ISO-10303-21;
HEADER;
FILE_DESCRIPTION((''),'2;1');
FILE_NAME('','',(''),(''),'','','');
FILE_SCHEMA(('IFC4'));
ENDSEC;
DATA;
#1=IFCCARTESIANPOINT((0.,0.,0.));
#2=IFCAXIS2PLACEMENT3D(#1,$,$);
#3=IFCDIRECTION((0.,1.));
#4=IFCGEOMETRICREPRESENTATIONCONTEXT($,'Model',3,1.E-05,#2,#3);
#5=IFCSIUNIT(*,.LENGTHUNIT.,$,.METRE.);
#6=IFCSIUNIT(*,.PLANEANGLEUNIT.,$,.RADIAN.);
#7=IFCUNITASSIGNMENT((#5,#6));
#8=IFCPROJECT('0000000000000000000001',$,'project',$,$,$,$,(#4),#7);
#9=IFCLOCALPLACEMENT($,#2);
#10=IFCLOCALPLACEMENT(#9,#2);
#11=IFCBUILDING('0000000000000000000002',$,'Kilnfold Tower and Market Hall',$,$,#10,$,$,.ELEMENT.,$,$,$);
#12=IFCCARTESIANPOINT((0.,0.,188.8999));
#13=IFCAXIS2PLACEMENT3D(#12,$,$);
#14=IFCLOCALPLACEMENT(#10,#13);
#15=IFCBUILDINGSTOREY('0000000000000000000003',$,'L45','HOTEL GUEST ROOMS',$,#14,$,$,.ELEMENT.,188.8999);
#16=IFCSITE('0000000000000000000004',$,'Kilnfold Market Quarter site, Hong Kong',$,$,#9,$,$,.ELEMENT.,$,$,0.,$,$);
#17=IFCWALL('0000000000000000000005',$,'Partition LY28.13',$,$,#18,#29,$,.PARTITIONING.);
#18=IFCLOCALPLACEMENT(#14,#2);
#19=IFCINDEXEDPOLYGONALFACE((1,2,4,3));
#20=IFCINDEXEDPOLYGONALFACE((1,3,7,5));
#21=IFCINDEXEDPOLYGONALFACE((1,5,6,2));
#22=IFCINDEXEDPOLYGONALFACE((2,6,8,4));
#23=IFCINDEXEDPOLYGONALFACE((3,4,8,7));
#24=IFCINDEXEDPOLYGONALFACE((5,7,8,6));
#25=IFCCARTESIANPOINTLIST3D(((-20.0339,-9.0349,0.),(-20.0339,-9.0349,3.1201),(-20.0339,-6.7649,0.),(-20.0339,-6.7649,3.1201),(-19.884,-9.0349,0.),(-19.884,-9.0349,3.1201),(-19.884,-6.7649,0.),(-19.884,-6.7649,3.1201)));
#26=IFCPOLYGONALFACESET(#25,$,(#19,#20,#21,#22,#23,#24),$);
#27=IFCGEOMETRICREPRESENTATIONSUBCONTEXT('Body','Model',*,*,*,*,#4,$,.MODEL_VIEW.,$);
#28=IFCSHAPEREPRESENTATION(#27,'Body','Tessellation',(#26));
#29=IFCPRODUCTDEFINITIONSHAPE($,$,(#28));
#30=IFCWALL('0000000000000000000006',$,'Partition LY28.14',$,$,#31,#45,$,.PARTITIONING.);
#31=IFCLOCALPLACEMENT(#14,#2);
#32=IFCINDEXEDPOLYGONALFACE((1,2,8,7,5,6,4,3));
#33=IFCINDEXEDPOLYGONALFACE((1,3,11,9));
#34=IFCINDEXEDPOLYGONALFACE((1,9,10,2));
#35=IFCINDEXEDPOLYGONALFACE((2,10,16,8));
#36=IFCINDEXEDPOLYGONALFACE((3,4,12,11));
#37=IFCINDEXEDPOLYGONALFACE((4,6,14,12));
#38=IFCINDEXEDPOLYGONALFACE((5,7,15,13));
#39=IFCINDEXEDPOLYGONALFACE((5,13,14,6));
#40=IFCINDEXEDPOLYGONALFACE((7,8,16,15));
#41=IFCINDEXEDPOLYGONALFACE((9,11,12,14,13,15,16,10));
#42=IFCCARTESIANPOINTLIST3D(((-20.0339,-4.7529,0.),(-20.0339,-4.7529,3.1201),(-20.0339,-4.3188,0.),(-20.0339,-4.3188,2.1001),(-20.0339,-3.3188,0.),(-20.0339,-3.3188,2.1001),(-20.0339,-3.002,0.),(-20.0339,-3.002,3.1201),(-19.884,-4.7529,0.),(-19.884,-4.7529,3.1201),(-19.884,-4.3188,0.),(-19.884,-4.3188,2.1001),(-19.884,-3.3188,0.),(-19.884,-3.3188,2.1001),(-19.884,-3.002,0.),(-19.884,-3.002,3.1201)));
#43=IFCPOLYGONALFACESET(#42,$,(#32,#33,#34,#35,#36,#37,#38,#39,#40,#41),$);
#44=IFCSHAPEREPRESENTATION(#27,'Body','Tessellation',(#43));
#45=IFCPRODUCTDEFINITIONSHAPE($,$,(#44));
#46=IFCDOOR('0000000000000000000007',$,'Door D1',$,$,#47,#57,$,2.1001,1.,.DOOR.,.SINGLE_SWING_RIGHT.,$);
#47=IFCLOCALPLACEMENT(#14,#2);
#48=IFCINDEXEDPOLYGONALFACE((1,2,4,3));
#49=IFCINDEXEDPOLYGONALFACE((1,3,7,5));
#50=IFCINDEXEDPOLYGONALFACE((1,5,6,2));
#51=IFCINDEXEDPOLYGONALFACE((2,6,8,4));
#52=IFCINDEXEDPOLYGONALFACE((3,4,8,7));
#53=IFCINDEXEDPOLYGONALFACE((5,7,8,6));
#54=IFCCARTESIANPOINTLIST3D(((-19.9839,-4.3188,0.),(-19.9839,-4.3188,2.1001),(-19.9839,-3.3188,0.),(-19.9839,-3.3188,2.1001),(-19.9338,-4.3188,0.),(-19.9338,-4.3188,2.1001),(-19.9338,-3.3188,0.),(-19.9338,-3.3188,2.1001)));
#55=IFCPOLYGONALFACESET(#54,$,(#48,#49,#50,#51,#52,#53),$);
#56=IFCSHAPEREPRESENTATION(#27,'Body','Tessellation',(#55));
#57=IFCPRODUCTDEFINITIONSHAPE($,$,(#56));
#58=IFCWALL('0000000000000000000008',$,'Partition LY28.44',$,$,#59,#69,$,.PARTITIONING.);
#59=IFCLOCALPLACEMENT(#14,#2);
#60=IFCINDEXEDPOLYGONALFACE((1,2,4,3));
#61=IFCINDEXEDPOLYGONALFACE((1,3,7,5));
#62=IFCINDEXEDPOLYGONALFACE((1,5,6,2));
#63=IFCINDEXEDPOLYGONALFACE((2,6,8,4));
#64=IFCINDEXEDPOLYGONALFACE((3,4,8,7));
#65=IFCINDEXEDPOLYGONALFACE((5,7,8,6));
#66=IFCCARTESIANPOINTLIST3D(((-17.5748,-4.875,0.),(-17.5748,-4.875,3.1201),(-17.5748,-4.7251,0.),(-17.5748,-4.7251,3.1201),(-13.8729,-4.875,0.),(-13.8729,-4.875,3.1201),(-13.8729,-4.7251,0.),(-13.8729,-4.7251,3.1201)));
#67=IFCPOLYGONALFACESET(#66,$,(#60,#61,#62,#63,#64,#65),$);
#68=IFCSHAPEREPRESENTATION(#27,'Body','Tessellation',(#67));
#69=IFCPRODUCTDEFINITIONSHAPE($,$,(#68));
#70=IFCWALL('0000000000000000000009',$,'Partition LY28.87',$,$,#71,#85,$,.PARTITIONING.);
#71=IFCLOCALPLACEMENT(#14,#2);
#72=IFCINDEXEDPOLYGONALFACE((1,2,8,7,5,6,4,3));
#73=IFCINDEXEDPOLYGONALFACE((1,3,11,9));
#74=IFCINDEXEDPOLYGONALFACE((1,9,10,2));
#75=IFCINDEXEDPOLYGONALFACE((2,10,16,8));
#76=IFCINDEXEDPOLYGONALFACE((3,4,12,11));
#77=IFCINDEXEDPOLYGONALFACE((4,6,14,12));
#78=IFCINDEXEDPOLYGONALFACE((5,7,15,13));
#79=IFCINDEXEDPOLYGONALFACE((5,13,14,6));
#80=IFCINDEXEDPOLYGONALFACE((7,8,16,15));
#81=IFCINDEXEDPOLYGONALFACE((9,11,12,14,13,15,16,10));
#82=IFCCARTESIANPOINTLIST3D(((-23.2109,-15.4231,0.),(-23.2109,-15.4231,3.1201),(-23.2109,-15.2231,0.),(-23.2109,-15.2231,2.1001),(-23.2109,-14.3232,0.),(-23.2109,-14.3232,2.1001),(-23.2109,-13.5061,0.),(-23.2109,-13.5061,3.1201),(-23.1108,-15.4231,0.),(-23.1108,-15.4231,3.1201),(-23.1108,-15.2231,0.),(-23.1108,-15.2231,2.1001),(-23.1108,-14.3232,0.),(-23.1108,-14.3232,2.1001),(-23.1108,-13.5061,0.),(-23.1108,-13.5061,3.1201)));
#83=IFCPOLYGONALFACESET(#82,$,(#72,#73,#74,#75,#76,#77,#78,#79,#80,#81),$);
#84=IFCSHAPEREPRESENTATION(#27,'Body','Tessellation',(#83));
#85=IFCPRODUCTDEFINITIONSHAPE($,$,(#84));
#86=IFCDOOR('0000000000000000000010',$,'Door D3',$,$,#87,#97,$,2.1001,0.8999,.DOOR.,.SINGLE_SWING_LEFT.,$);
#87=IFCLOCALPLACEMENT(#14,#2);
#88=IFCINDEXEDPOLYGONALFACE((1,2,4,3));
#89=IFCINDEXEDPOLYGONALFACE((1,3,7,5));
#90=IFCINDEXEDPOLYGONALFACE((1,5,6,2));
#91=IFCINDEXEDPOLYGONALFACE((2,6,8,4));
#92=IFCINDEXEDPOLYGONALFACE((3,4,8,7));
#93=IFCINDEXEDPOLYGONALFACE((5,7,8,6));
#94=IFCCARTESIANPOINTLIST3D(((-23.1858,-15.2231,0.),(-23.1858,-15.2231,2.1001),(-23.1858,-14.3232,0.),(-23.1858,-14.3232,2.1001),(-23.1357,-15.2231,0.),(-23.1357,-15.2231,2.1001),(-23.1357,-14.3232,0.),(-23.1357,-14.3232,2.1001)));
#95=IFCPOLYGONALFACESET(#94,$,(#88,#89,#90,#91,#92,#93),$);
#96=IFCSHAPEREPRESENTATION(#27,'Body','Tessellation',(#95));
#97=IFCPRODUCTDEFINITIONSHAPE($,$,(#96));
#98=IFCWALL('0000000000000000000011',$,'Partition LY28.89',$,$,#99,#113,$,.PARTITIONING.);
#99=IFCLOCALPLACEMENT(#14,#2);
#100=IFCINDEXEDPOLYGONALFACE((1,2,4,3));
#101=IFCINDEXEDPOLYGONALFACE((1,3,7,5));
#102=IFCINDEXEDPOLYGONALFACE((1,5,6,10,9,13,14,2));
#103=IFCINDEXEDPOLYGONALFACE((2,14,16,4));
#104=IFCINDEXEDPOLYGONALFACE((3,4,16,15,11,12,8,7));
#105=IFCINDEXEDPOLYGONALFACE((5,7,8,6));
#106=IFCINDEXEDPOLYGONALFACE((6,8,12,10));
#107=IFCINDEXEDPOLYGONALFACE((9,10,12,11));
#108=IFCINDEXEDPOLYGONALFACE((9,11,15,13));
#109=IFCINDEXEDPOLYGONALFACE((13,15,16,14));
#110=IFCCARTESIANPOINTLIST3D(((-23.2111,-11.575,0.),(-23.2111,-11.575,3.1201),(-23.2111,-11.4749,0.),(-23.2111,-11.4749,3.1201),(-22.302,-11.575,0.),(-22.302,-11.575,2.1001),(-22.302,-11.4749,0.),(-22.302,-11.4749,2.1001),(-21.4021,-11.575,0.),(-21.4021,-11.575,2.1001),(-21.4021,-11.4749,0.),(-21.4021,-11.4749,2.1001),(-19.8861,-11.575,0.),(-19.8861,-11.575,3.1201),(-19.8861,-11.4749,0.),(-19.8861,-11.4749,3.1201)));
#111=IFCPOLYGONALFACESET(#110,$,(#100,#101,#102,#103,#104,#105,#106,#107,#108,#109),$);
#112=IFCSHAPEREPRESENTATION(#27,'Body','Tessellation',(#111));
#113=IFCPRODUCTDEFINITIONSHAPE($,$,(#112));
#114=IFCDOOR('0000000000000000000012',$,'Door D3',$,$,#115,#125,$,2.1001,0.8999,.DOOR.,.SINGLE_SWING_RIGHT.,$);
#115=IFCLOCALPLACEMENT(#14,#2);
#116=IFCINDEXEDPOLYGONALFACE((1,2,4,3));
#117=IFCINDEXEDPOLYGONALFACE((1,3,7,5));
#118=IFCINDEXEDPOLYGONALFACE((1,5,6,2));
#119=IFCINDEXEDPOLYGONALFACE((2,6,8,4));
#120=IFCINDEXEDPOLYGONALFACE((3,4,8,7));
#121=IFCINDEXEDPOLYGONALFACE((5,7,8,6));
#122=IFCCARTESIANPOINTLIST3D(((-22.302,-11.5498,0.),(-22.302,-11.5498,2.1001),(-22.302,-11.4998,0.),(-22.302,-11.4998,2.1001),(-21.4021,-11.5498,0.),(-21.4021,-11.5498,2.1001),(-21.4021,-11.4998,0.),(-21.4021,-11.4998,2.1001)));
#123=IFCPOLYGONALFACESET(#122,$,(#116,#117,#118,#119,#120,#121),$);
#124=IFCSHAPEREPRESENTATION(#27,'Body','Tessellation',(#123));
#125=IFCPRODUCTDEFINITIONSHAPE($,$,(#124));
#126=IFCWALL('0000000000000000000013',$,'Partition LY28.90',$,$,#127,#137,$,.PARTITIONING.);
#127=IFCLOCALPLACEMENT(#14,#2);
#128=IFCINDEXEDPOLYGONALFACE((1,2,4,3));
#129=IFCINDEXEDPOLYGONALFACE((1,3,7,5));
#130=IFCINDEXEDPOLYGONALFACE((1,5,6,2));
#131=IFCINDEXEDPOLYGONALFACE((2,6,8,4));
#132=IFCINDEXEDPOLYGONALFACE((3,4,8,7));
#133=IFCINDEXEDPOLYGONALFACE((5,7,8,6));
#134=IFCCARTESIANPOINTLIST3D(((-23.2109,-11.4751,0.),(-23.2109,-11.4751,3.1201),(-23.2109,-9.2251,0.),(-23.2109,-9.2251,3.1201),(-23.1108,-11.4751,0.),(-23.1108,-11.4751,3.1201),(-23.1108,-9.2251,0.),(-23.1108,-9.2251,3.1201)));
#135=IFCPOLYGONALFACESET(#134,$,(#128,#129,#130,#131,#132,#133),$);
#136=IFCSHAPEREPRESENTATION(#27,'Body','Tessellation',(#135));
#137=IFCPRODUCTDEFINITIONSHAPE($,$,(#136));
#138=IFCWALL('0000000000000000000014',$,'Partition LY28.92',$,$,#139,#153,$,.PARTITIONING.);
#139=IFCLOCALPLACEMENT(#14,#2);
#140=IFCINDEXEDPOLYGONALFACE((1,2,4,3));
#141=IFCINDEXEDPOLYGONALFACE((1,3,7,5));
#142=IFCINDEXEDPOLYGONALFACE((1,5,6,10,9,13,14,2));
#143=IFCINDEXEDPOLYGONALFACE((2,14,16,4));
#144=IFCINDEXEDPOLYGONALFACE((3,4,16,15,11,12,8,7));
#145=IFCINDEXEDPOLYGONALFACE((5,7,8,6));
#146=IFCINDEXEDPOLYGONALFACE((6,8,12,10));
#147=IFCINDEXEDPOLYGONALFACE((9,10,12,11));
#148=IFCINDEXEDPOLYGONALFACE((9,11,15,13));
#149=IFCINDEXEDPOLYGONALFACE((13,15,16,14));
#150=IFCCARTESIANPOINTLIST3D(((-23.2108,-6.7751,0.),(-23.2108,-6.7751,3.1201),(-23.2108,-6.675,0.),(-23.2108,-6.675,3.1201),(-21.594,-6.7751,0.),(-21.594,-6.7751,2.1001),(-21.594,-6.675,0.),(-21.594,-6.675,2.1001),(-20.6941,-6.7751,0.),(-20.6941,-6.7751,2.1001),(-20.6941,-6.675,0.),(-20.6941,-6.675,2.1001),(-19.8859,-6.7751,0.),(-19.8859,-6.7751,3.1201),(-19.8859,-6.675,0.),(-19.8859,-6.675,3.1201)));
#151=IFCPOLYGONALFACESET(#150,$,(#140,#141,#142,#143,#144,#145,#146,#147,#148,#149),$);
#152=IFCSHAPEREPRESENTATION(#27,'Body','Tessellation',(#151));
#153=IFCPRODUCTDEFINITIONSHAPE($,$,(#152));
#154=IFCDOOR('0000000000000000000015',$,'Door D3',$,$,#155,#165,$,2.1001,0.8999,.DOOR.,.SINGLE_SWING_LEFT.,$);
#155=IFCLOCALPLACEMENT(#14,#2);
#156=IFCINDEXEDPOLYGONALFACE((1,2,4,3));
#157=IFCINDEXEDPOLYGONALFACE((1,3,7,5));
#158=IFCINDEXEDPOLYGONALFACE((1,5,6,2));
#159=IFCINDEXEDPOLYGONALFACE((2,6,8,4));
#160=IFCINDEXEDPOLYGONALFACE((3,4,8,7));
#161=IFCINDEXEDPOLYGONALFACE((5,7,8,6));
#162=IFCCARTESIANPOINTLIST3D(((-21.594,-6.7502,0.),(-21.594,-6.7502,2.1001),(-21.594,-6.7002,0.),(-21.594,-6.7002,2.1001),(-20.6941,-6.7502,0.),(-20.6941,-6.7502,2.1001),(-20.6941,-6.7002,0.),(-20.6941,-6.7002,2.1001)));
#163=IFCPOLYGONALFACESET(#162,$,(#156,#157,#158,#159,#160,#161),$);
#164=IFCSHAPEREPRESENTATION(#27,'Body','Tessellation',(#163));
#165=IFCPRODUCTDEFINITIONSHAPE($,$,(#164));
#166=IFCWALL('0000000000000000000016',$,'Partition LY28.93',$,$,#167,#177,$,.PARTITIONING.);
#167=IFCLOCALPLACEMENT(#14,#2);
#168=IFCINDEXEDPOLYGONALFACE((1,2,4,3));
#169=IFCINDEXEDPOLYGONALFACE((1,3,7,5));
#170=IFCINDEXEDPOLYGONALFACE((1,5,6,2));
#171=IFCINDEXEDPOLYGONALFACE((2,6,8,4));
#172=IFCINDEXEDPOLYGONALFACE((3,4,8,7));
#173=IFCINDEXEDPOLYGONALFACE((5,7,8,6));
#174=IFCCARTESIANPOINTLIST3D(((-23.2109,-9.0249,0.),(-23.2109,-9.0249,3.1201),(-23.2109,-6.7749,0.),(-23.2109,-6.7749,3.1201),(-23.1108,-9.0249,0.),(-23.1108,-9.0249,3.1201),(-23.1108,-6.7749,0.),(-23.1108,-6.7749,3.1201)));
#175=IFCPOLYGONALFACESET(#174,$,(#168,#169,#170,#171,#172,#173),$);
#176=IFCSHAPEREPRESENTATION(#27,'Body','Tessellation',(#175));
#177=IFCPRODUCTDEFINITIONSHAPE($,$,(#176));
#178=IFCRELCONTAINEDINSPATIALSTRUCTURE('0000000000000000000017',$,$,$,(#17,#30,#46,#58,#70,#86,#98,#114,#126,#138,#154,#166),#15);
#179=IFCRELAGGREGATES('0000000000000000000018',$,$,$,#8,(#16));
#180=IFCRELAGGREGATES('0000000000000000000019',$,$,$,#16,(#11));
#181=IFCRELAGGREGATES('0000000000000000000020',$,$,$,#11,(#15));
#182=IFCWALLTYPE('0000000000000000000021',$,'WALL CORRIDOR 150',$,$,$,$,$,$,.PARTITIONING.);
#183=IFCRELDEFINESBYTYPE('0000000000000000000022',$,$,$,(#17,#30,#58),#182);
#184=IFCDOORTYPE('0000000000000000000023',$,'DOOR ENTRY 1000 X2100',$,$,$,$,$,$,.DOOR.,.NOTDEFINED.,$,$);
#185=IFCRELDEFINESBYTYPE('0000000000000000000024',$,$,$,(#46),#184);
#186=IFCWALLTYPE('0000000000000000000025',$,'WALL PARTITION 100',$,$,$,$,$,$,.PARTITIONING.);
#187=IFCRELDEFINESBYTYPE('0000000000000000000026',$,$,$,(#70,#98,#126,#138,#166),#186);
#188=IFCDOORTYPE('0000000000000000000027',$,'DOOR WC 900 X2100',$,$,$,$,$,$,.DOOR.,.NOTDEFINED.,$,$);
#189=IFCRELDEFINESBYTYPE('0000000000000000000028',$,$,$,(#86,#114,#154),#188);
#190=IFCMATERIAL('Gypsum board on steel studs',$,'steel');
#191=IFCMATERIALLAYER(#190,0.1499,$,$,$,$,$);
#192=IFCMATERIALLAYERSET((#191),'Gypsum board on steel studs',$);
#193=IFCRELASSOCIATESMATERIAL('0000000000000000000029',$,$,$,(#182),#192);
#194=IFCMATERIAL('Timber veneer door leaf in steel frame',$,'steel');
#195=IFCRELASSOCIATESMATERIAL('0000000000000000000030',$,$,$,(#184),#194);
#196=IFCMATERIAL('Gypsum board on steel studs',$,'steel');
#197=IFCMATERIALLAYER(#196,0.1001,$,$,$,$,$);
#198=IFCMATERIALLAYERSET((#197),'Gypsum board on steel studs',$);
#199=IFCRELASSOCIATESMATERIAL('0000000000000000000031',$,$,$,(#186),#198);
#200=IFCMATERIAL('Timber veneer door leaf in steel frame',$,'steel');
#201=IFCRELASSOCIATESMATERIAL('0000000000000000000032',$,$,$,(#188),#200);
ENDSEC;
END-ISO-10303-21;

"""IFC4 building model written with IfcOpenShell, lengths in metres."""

from ifc_helpers import new_model, si_unit, direction, frame, frame_2d, origin, place, context, subcontext, project, spatial, rectangle, extrude, material, layer, layer_set, type_object, element, fill, save


model = new_model("IFC4")

# Units and contexts
model_context = context("Model", 3, precision=1e-05, world=origin(), true_north=direction((0.0, 1.0)))
body_context = subcontext(model_context, "Body", "Model", "MODEL_VIEW")
ifc_project = project(units=[si_unit("LENGTHUNIT", "METRE"), si_unit("PLANEANGLEUNIT", "RADIAN")], contexts=[model_context])

# Site, building, storey
site_placement = place(None, origin())
site = spatial("IfcSite", under=ifc_project, at=site_placement, Name="Kilnfold Market Quarter site, Hong Kong", CompositionType="ELEMENT", RefElevation=0.0)
building_placement = place(site_placement, origin())
building = spatial("IfcBuilding", under=site, at=building_placement, Name="Kilnfold Tower and Market Hall", CompositionType="ELEMENT")
storey_placement = place(building_placement, frame((0.0, 0.0, 188.8999)))
storey = spatial("IfcBuildingStorey", under=building, at=storey_placement, Name="L45", Description="HOTEL GUEST ROOMS", CompositionType="ELEMENT", Elevation=188.8999)

# Shared definitions
ifc_material_1 = material(Name="Gypsum board on steel studs", Category="steel")
ifc_layer_1 = layer(ifc_material_1, 0.1499)
ifc_layer_set_1 = layer_set([ifc_layer_1], Name="Gypsum board on steel studs")
wall_type_1 = type_object("IfcWallType", Name="WALL CORRIDOR 150", PredefinedType="PARTITIONING", material=ifc_layer_set_1)
ifc_material_2 = material(Name="Timber veneer door leaf in steel frame", Category="steel")
door_type_1 = type_object("IfcDoorType", Name="DOOR ENTRY 1000 X2100", OperationType="NOTDEFINED", PredefinedType="DOOR", material=ifc_material_2)

# Wall
wall_1_placement = place(storey_placement, frame((-19.959, -9.0349, 0.0), z_axis=(0.0, 0.0, 1.0), x_axis=(0.0, 1.0, 0.0)))
element("IfcWall", 1, at=wall_1_placement, inside=storey, type_object=wall_type_1, Name="Partition LY28.13", PredefinedType="PARTITIONING", context=body_context, shape_type="SweptSolid", body=[
    extrude(rectangle(XDim=2.27, YDim=0.1499, at=frame_2d((1.135, 0.0))), origin(), (0.0, 0.0, 1.0), 3.1201),
])

# Wall, opening, door
wall_2_placement = place(storey_placement, frame((-19.959, -4.7529, 0.0), z_axis=(0.0, 0.0, 1.0), x_axis=(0.0, 1.0, 0.0)))
wall_2 = element("IfcWall", 2, at=wall_2_placement, inside=storey, type_object=wall_type_1, Name="Partition LY28.14", PredefinedType="PARTITIONING", context=body_context, shape_type="SweptSolid", body=[
    extrude(rectangle(XDim=1.751, YDim=0.1499, at=frame_2d((0.8755, 0.0))), origin(), (0.0, 0.0, 1.0), 3.1201),
])
opening_1_placement = place(wall_2_placement, frame((0.4341, 0.0, 0.0)))
opening_1 = element("IfcOpeningElement", 3, at=opening_1_placement, cuts=wall_2, PredefinedType="OPENING", context=body_context, shape_type="SweptSolid", body=[
    extrude(rectangle(XDim=1.0, YDim=2.1001, at=frame_2d((0.5, 1.05))), frame((0.0, 0.085, 0.0), z_axis=(0.0, -1.0, 0.0), x_axis=(1.0, 0.0, 0.0)), (0.0, 0.0, 1.0), 0.1699),
])
door_1_placement = place(opening_1_placement, origin())
door_1 = element("IfcDoor", 4, at=door_1_placement, inside=storey, type_object=door_type_1, Name="Door D1", OperationType="SINGLE_SWING_RIGHT", OverallHeight=2.1001, OverallWidth=1.0, PredefinedType="DOOR", context=body_context, shape_type="SweptSolid", body=[
    extrude(rectangle(XDim=1.0, YDim=2.1001, at=frame_2d((0.5, 1.05))), frame((0.0, 0.0249, 0.0), z_axis=(0.0, -1.0, 0.0), x_axis=(1.0, 0.0, 0.0)), (0.0, 0.0, 1.0), 0.05),
])
fill(opening_1, door_1)

# Wall
wall_3_placement = place(storey_placement, frame((-17.575, -4.8, 0.0), z_axis=(0.0, 0.0, 1.0), x_axis=(1.0, 0.0, 0.0)))
element("IfcWall", 5, at=wall_3_placement, inside=storey, type_object=wall_type_1, Name="Partition LY28.44", PredefinedType="PARTITIONING", context=body_context, shape_type="SweptSolid", body=[
    extrude(rectangle(XDim=3.7019, YDim=0.1499, at=frame_2d((1.8511, 0.0))), origin(), (0.0, 0.0, 1.0), 3.1201),
])

# Walls, openings, doors
ifc_material_3 = material(Name="Gypsum board on steel studs", Category="steel")
ifc_layer_2 = layer(ifc_material_3, 0.1001)
ifc_layer_set_2 = layer_set([ifc_layer_2], Name="Gypsum board on steel studs")
wall_type_2 = type_object("IfcWallType", Name="WALL PARTITION 100", PredefinedType="PARTITIONING", material=ifc_layer_set_2)
wall_4_placement = place(storey_placement, frame((-23.1609, -15.4231, 0.0), z_axis=(0.0, 0.0, 1.0), x_axis=(0.0, 1.0, 0.0)))
wall_4 = element("IfcWall", 6, at=wall_4_placement, inside=storey, type_object=wall_type_2, Name="Partition LY28.87", PredefinedType="PARTITIONING", context=body_context, shape_type="SweptSolid", body=[
    extrude(rectangle(XDim=1.917, YDim=0.1001, at=frame_2d((0.9585, 0.0))), origin(), (0.0, 0.0, 1.0), 3.1201),
])
opening_2_placement = place(wall_4_placement, frame((0.2, 0.0, 0.0)))
opening_2 = element("IfcOpeningElement", 7, at=opening_2_placement, cuts=wall_4, PredefinedType="OPENING", context=body_context, shape_type="SweptSolid", body=[
    extrude(rectangle(XDim=0.8999, YDim=2.1001, at=frame_2d((0.45, 1.05))), frame((0.0, 0.0601, 0.0), z_axis=(0.0, -1.0, 0.0), x_axis=(1.0, 0.0, 0.0)), (0.0, 0.0, 1.0), 0.1201),
])
ifc_material_4 = material(Name="Timber veneer door leaf in steel frame", Category="steel")
door_type_2 = type_object("IfcDoorType", Name="DOOR WC 900 X2100", OperationType="NOTDEFINED", PredefinedType="DOOR", material=ifc_material_4)
door_2_placement = place(opening_2_placement, origin())
door_2 = element("IfcDoor", 8, at=door_2_placement, inside=storey, type_object=door_type_2, Name="Door D3", OperationType="SINGLE_SWING_LEFT", OverallHeight=2.1001, OverallWidth=0.8999, PredefinedType="DOOR", context=body_context, shape_type="SweptSolid", body=[
    extrude(rectangle(XDim=0.8999, YDim=2.1001, at=frame_2d((0.45, 1.05))), frame((0.0, 0.0249, 0.0), z_axis=(0.0, -1.0, 0.0), x_axis=(1.0, 0.0, 0.0)), (0.0, 0.0, 1.0), 0.05),
])
fill(opening_2, door_2)
wall_5_placement = place(storey_placement, frame((-19.886, -11.5249, 0.0), z_axis=(0.0, 0.0, 1.0), x_axis=(-1.0, 0.0, 0.0)))
wall_5 = element("IfcWall", 9, at=wall_5_placement, inside=storey, type_object=wall_type_2, Name="Partition LY28.89", PredefinedType="PARTITIONING", context=body_context, shape_type="SweptSolid", body=[
    extrude(rectangle(XDim=3.325, YDim=0.1001, at=frame_2d((1.6626, 0.0))), origin(), (0.0, 0.0, 1.0), 3.1201),
])
opening_3_placement = place(wall_5_placement, frame((1.5161, 0.0, 0.0)))
opening_3 = element("IfcOpeningElement", 10, at=opening_3_placement, cuts=wall_5, PredefinedType="OPENING", context=body_context, shape_type="SweptSolid", body=[
    extrude(rectangle(XDim=0.8999, YDim=2.1001, at=frame_2d((0.45, 1.05))), frame((0.0, 0.0601, 0.0), z_axis=(0.0, -1.0, 0.0), x_axis=(1.0, 0.0, 0.0)), (0.0, 0.0, 1.0), 0.1201),
])
door_3_placement = place(opening_3_placement, origin())
door_3 = element("IfcDoor", 11, at=door_3_placement, inside=storey, type_object=door_type_2, Name="Door D3", OperationType="SINGLE_SWING_RIGHT", OverallHeight=2.1001, OverallWidth=0.8999, PredefinedType="DOOR", context=body_context, shape_type="SweptSolid", body=[
    extrude(rectangle(XDim=0.8999, YDim=2.1001, at=frame_2d((0.45, 1.05))), frame((0.0, 0.0249, 0.0), z_axis=(0.0, -1.0, 0.0), x_axis=(1.0, 0.0, 0.0)), (0.0, 0.0, 1.0), 0.05),
])
fill(opening_3, door_3)

# Wall
wall_6_placement = place(storey_placement, frame((-23.1609, -11.4751, 0.0), z_axis=(0.0, 0.0, 1.0), x_axis=(0.0, 1.0, 0.0)))
element("IfcWall", 12, at=wall_6_placement, inside=storey, type_object=wall_type_2, Name="Partition LY28.90", PredefinedType="PARTITIONING", context=body_context, shape_type="SweptSolid", body=[
    extrude(rectangle(XDim=2.25, YDim=0.1001, at=frame_2d((1.125, 0.0))), origin(), (0.0, 0.0, 1.0), 3.1201),
])

# Wall, opening, door
wall_7_placement = place(storey_placement, frame((-23.2109, -6.7251, 0.0), z_axis=(0.0, 0.0, 1.0), x_axis=(1.0, 0.0, 0.0)))
wall_7 = element("IfcWall", 13, at=wall_7_placement, inside=storey, type_object=wall_type_2, Name="Partition LY28.92", PredefinedType="PARTITIONING", context=body_context, shape_type="SweptSolid", body=[
    extrude(rectangle(XDim=3.325, YDim=0.1001, at=frame_2d((1.6626, 0.0))), origin(), (0.0, 0.0, 1.0), 3.1201),
])
opening_4_placement = place(wall_7_placement, frame((1.6169, 0.0, 0.0)))
opening_4 = element("IfcOpeningElement", 14, at=opening_4_placement, cuts=wall_7, PredefinedType="OPENING", context=body_context, shape_type="SweptSolid", body=[
    extrude(rectangle(XDim=0.8999, YDim=2.1001, at=frame_2d((0.45, 1.05))), frame((0.0, 0.0601, 0.0), z_axis=(0.0, -1.0, 0.0), x_axis=(1.0, 0.0, 0.0)), (0.0, 0.0, 1.0), 0.1201),
])
door_4_placement = place(opening_4_placement, origin())
door_4 = element("IfcDoor", 15, at=door_4_placement, inside=storey, type_object=door_type_2, Name="Door D3", OperationType="SINGLE_SWING_LEFT", OverallHeight=2.1001, OverallWidth=0.8999, PredefinedType="DOOR", context=body_context, shape_type="SweptSolid", body=[
    extrude(rectangle(XDim=0.8999, YDim=2.1001, at=frame_2d((0.45, 1.05))), frame((0.0, 0.0249, 0.0), z_axis=(0.0, -1.0, 0.0), x_axis=(1.0, 0.0, 0.0)), (0.0, 0.0, 1.0), 0.05),
])
fill(opening_4, door_4)

# Wall
wall_8_placement = place(storey_placement, frame((-23.1609, -9.0249, 0.0), z_axis=(0.0, 0.0, 1.0), x_axis=(0.0, 1.0, 0.0)))
element("IfcWall", 16, at=wall_8_placement, inside=storey, type_object=wall_type_2, Name="Partition LY28.93", PredefinedType="PARTITIONING", context=body_context, shape_type="SweptSolid", body=[
    extrude(rectangle(XDim=2.25, YDim=0.1001, at=frame_2d((1.125, 0.0))), origin(), (0.0, 0.0, 1.0), 3.1201),
])

save(model, "model.ifc")
